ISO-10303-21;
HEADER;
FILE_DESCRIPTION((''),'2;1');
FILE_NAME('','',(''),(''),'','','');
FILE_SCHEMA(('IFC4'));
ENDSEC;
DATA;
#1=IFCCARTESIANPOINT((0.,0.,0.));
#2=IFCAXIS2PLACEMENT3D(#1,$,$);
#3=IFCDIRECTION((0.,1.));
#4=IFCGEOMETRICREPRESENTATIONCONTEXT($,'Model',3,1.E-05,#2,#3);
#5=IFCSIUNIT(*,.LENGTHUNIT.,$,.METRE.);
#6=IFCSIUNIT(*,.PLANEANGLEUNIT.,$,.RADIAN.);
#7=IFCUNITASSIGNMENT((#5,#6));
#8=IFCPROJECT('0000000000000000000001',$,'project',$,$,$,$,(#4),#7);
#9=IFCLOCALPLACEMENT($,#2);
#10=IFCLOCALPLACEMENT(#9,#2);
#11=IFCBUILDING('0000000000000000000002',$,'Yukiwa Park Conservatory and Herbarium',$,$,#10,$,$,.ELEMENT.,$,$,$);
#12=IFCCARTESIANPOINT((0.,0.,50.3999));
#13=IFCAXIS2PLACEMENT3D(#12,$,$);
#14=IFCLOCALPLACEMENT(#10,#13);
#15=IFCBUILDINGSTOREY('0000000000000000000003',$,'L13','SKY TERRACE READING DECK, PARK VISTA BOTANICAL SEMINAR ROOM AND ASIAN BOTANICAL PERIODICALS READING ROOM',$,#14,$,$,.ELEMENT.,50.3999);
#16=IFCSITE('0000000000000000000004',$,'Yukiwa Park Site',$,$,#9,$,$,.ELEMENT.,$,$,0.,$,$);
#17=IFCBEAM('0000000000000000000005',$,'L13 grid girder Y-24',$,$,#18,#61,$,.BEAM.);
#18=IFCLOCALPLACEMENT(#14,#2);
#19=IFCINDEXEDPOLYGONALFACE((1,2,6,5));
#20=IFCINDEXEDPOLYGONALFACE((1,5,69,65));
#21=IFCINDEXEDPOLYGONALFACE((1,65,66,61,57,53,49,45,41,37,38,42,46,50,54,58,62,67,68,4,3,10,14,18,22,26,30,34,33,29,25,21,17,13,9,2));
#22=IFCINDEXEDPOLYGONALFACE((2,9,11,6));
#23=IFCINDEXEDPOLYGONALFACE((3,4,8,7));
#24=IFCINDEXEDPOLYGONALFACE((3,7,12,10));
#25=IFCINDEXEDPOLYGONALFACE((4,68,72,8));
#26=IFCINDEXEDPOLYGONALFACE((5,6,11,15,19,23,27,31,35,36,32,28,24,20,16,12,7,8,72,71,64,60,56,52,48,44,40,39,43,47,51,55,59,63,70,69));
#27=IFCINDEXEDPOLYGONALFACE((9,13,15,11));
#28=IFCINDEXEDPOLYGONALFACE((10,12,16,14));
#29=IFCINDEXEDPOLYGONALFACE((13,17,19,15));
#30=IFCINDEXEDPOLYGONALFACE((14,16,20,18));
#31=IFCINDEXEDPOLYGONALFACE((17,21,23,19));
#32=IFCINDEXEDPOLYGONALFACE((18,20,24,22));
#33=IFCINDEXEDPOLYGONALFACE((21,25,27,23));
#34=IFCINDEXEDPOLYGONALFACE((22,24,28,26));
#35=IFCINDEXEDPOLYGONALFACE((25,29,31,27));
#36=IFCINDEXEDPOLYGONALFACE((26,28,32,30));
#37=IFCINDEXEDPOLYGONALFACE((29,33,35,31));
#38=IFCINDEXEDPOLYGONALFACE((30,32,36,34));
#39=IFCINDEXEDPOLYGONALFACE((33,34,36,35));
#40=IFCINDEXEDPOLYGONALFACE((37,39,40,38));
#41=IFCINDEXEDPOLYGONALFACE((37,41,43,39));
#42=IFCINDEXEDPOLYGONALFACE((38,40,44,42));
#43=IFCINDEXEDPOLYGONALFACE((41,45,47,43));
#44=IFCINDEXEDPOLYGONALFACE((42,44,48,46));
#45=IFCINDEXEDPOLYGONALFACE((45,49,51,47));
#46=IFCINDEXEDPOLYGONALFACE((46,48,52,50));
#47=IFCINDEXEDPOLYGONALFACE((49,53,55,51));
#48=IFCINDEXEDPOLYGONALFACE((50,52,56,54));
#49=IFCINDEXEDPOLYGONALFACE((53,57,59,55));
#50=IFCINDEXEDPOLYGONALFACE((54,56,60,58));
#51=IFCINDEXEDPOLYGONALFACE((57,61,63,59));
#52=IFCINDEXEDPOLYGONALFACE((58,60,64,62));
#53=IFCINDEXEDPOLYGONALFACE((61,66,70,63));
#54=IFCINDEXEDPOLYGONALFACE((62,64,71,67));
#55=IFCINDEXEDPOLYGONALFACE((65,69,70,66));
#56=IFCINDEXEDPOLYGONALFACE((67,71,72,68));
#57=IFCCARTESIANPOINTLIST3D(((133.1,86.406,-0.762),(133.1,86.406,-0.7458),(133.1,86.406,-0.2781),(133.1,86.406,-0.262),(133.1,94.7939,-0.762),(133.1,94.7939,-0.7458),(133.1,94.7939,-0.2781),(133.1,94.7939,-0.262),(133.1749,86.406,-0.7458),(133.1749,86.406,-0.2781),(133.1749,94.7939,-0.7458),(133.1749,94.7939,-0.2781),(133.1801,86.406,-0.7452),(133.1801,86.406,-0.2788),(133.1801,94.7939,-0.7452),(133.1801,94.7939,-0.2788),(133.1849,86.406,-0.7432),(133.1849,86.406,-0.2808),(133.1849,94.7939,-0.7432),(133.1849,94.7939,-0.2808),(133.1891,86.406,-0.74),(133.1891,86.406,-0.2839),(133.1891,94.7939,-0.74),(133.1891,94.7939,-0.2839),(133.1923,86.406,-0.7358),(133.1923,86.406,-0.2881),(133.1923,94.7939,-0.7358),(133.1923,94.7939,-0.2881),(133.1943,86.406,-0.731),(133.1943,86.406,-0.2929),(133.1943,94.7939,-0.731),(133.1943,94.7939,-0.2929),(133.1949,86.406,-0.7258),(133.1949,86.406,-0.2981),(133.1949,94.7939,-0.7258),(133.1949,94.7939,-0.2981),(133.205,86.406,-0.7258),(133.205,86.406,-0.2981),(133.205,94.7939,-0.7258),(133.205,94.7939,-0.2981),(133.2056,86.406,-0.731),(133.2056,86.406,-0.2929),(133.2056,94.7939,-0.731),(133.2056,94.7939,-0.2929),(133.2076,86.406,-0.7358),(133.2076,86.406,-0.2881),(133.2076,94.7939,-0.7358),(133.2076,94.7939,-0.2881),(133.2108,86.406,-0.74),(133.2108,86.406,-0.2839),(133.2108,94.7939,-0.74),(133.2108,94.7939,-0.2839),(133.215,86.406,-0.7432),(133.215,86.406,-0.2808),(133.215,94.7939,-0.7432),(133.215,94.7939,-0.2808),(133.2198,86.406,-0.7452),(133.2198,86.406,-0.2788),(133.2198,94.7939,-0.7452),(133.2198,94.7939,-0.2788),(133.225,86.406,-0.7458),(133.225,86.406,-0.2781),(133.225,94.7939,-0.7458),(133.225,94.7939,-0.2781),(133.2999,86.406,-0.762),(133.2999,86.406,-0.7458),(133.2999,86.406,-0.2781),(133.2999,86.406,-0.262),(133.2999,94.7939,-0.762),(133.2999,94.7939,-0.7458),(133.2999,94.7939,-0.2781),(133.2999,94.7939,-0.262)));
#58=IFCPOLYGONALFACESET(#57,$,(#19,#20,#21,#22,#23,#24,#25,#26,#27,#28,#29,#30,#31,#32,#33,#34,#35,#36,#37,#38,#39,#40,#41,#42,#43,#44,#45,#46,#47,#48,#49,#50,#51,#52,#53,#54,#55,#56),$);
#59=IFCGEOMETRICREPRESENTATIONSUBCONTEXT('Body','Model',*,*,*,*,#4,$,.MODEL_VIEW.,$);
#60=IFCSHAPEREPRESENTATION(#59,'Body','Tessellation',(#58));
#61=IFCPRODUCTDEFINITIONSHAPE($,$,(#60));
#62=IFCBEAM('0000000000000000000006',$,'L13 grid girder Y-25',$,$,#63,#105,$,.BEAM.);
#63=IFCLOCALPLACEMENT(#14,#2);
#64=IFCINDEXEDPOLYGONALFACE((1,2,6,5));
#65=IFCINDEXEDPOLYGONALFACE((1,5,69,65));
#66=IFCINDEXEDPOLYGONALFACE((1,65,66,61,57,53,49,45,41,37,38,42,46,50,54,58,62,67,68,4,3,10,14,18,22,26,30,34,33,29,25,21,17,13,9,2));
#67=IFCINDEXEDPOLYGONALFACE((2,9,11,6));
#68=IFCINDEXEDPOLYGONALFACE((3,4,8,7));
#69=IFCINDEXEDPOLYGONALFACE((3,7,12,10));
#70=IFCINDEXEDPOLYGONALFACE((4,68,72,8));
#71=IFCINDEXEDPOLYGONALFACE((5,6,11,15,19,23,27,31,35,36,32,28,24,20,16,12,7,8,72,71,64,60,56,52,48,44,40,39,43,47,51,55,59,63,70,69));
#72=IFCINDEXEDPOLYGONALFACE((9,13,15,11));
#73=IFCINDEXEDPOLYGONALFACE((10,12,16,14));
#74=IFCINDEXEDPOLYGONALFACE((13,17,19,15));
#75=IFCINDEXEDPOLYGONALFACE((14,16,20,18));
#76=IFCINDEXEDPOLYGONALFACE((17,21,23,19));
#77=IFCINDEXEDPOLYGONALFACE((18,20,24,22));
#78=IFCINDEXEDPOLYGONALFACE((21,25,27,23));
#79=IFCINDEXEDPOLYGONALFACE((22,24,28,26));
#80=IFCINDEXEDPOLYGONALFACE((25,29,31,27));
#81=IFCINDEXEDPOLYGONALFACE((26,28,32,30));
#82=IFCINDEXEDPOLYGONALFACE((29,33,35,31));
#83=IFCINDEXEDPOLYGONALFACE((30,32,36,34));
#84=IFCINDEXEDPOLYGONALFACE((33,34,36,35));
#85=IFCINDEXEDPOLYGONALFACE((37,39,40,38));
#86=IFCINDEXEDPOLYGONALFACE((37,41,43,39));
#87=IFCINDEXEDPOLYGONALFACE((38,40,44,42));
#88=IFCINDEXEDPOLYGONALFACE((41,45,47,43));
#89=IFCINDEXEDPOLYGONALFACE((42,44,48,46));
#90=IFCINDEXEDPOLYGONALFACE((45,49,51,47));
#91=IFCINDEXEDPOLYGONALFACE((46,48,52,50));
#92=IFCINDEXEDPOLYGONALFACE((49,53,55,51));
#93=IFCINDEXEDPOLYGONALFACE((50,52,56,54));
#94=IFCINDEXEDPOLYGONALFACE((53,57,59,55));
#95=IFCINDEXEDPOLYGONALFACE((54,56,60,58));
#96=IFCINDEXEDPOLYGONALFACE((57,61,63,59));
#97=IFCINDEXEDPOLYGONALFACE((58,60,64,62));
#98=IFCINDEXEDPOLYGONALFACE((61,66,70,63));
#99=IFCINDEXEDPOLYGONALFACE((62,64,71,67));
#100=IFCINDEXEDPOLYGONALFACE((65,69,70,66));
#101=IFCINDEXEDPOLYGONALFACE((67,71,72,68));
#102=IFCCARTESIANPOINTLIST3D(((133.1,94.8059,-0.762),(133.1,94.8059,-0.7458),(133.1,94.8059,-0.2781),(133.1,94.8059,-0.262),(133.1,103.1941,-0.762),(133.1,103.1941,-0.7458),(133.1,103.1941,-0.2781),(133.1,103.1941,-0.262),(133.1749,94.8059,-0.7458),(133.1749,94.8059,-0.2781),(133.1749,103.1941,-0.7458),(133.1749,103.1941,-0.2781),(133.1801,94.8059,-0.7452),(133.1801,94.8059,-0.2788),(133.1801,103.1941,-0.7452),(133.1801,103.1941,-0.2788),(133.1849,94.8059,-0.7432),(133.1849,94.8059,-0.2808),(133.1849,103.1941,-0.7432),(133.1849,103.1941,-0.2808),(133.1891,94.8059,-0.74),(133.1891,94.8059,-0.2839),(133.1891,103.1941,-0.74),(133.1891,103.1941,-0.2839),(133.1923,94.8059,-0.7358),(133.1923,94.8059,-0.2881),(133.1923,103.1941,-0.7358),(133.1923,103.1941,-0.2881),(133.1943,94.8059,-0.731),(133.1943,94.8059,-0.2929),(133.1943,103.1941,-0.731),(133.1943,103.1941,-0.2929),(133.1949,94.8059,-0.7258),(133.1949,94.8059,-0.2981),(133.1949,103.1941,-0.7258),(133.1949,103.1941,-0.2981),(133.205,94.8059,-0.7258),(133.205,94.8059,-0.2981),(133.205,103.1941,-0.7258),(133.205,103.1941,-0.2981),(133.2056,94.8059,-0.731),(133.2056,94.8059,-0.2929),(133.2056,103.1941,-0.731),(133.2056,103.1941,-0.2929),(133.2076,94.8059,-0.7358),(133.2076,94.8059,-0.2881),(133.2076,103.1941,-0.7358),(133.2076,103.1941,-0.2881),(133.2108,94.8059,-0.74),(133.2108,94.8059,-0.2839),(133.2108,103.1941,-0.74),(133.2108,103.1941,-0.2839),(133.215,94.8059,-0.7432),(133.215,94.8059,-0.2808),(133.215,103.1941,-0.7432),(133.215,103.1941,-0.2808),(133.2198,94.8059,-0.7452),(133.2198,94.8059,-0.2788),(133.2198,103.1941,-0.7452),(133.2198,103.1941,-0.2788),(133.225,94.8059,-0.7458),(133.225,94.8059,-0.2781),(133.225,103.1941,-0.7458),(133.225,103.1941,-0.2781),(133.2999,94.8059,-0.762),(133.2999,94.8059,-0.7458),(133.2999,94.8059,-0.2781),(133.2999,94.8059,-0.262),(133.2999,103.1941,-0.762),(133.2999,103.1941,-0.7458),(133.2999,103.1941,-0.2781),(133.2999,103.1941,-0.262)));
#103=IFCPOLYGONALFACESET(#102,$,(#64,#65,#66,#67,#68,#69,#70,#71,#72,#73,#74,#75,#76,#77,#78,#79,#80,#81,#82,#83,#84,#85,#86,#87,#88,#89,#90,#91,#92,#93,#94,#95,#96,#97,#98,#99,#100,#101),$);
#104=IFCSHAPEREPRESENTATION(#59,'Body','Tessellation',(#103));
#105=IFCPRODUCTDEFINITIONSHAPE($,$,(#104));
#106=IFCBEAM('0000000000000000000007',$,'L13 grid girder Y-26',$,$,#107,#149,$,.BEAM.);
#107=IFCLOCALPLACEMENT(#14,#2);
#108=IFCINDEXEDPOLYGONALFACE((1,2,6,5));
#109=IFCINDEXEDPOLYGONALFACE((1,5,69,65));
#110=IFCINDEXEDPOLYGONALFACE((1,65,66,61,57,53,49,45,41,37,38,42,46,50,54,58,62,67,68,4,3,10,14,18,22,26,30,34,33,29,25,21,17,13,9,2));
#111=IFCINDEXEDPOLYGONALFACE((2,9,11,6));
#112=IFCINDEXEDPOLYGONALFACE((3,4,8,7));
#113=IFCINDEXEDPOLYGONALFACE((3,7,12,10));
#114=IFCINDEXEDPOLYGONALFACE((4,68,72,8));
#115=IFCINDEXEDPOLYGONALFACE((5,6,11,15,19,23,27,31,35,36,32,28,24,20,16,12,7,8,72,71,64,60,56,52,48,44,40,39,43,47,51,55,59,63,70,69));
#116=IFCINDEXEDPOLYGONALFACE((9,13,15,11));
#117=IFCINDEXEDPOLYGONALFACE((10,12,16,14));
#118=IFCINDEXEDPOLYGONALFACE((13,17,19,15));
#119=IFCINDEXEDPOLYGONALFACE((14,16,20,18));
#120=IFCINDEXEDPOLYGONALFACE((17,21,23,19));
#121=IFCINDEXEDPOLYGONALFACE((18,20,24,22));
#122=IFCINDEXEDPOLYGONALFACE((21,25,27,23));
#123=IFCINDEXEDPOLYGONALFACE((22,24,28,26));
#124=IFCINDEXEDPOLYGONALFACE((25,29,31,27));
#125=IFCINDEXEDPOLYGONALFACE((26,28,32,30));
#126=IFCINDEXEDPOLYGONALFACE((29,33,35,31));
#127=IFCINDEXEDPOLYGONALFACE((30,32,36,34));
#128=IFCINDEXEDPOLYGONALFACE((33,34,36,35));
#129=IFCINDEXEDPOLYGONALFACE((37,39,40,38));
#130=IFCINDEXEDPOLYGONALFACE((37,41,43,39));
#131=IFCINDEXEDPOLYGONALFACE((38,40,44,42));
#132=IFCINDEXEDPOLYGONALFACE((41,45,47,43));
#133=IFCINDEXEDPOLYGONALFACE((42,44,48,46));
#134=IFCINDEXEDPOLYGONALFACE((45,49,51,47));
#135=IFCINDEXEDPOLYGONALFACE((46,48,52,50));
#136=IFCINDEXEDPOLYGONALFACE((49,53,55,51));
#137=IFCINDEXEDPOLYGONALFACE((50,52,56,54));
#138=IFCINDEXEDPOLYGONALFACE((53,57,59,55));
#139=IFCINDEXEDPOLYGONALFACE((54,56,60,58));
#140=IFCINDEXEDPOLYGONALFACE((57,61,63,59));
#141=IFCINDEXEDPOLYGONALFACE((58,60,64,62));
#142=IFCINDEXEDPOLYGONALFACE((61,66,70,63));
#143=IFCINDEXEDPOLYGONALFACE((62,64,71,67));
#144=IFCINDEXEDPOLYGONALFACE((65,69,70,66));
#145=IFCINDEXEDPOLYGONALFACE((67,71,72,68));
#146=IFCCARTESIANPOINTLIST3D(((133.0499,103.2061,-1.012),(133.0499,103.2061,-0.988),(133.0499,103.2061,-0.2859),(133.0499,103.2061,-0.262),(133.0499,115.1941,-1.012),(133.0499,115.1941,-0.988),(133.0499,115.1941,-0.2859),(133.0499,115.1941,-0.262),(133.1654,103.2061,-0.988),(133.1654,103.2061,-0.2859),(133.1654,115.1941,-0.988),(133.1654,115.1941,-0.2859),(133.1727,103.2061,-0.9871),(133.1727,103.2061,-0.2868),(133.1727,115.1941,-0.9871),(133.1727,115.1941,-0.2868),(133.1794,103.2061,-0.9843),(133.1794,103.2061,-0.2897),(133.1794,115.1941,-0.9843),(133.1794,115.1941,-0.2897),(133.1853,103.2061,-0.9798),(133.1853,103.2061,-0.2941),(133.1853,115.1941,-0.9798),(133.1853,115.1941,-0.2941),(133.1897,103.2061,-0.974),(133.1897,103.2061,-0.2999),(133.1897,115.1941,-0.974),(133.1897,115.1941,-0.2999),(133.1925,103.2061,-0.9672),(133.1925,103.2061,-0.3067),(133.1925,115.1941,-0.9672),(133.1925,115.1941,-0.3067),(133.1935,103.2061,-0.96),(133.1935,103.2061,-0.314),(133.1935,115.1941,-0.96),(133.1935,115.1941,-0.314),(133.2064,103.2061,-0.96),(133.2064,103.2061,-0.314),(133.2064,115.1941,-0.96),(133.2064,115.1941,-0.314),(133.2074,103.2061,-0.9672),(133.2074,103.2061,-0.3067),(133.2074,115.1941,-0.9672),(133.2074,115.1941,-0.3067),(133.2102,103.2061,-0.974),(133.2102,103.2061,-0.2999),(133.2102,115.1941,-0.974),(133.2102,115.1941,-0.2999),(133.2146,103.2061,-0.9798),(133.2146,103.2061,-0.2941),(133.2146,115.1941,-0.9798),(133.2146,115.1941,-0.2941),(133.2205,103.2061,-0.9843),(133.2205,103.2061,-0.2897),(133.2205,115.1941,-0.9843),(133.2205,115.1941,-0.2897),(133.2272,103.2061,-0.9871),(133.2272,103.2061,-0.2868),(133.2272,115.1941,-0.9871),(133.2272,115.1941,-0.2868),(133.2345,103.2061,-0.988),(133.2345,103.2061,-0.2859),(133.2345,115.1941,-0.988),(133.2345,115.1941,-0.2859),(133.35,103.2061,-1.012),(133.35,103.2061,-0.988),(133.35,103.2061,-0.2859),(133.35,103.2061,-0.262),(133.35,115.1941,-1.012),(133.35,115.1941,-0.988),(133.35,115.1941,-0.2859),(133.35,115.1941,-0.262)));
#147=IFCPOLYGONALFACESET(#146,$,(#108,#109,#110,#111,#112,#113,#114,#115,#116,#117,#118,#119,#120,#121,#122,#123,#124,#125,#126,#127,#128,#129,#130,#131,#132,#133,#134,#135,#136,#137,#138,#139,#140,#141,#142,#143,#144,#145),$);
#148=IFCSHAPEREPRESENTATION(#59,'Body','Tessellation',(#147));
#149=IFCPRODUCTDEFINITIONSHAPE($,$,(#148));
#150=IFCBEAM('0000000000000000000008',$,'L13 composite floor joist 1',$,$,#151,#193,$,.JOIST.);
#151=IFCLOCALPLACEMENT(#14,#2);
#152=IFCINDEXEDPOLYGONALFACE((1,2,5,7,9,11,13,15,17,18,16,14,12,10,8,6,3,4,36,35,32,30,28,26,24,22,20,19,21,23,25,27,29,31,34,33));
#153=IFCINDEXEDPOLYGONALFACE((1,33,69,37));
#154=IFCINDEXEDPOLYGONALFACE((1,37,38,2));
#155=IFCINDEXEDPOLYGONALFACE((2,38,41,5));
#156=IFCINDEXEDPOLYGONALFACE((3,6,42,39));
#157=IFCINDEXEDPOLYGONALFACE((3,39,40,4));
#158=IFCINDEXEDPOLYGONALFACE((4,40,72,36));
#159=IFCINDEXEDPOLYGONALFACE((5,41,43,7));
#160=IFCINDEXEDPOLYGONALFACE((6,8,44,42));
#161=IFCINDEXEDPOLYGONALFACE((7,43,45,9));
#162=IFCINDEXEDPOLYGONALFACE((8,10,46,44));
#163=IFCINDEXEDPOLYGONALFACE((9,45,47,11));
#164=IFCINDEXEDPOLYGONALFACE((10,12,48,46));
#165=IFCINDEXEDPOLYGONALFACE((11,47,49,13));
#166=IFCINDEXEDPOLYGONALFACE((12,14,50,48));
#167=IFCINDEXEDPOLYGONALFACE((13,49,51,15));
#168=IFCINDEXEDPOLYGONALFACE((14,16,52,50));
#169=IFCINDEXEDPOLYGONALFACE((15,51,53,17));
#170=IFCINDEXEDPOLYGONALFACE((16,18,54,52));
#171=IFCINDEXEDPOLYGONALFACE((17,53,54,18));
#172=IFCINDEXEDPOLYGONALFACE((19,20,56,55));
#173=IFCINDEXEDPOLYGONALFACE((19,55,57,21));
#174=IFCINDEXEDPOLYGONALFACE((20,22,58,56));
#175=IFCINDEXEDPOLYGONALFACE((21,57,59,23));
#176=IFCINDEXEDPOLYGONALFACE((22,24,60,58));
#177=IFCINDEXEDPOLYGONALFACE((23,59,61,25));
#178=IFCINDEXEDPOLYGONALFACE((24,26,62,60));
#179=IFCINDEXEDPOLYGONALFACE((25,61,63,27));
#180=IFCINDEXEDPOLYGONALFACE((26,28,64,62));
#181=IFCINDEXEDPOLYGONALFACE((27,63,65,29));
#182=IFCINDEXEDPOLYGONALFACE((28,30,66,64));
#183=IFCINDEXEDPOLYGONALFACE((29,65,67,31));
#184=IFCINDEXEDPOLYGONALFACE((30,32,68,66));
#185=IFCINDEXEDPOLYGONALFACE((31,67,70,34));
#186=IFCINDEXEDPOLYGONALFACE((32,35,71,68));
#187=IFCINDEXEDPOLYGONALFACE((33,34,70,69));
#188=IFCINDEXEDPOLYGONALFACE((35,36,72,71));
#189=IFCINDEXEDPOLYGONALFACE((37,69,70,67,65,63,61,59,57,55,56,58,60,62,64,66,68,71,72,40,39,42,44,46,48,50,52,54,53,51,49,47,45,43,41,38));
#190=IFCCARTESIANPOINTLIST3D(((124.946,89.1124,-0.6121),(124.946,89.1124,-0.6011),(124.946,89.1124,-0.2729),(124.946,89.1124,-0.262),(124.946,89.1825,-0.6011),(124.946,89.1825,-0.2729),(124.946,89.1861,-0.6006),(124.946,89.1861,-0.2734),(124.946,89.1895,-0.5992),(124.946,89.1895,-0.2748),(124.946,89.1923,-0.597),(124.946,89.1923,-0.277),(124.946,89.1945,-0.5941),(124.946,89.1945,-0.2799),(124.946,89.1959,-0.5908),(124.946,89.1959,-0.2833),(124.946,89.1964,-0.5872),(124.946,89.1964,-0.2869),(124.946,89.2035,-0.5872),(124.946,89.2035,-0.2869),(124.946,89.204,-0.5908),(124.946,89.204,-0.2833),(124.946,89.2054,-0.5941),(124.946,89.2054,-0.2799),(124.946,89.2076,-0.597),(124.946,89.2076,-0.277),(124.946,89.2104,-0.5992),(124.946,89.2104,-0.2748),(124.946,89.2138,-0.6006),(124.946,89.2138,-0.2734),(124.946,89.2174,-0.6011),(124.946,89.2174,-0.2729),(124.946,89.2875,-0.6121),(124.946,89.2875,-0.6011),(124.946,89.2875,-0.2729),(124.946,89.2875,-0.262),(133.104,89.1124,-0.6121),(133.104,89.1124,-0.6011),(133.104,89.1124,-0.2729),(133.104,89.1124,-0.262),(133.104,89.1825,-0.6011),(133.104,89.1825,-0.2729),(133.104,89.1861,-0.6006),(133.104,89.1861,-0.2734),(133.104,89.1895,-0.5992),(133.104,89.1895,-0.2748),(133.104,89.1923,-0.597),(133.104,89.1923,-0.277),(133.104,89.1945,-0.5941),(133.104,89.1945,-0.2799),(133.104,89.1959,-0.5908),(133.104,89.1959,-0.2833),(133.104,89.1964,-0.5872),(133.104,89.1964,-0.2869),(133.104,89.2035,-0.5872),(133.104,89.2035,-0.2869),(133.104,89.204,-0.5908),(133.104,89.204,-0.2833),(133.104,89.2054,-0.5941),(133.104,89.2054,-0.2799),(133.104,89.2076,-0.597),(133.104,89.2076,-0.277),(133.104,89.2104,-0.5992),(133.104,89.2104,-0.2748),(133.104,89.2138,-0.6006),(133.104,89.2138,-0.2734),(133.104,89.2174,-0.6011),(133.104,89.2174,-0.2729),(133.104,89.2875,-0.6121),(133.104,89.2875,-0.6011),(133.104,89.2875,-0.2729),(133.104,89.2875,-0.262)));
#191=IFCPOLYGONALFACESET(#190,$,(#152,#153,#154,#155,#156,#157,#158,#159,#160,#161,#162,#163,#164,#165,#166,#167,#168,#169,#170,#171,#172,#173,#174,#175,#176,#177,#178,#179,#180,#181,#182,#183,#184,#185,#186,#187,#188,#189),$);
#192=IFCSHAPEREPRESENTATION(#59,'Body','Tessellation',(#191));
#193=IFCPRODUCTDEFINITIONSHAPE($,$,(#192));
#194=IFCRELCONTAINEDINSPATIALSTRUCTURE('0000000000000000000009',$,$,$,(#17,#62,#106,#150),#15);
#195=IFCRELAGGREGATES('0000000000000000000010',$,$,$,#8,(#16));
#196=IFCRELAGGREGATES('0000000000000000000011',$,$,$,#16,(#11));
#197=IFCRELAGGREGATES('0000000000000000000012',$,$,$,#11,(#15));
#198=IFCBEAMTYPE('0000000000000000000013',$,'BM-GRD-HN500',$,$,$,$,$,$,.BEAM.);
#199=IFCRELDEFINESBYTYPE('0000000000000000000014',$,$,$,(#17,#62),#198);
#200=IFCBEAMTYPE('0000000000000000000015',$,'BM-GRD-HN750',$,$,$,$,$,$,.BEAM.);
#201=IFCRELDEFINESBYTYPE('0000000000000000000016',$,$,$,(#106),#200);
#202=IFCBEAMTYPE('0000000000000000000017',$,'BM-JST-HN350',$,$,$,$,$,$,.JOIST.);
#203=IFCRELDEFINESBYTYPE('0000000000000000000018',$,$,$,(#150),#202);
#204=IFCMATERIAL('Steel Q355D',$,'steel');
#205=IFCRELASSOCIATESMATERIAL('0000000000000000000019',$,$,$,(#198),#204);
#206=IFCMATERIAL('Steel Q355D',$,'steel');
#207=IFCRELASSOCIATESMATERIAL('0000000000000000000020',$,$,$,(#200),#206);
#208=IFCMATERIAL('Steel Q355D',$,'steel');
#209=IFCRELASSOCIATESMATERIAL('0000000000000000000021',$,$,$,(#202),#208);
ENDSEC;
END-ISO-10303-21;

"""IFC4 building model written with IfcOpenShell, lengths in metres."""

from ifc_helpers import new_model, si_unit, direction, frame, origin, origin_2d, place, context, subcontext, project, spatial, i_section, extrude, material, material_profile, profile_set, type_object, element, save


model = new_model("IFC4")

# Units and contexts
model_context = context("Model", 3, precision=1e-05, world=origin(), true_north=direction((0.0, 1.0)))
body_context = subcontext(model_context, "Body", "Model", "MODEL_VIEW")
ifc_project = project(units=[si_unit("LENGTHUNIT", "METRE"), si_unit("PLANEANGLEUNIT", "RADIAN")], contexts=[model_context])

# Site, building, storey
site_placement = place(None, origin())
site = spatial("IfcSite", under=ifc_project, at=site_placement, Name="Yukiwa Park Site", CompositionType="ELEMENT", RefElevation=0.0)
building_placement = place(site_placement, origin())
building = spatial("IfcBuilding", under=site, at=building_placement, Name="Yukiwa Park Conservatory and Herbarium", CompositionType="ELEMENT")
storey_placement = place(building_placement, frame((0.0, 0.0, 50.3999)))
storey = spatial("IfcBuildingStorey", under=building, at=storey_placement, Name="L13", Description="SKY TERRACE READING DECK, PARK VISTA BOTANICAL SEMINAR ROOM AND ASIAN BOTANICAL PERIODICALS READING ROOM", CompositionType="ELEMENT", Elevation=50.3999)

# Beams
ifc_material_1 = material(Name="Steel Q355D", Category="steel")
ifc_material_profile_1 = material_profile(ifc_material_1, i_section(OverallWidth=0.2, OverallDepth=0.5, WebThickness=0.01, FlangeThickness=0.0161, FilletRadius=0.02, at=origin_2d()), Name="HN 500x200x10x16")
ifc_profile_set_1 = profile_set([ifc_material_profile_1], Name="Steel Q355D")
beam_type_1 = type_object("IfcBeamType", Name="BM-GRD-HN500", PredefinedType="BEAM", material=ifc_profile_set_1)
beam_1_placement = place(storey_placement, frame((133.2, 86.406, -0.512), z_axis=(0.0, 1.0, 0.0), x_axis=(-1.0, 0.0, 0.0)))
element("IfcBeam", 1, at=beam_1_placement, inside=storey, type_object=beam_type_1, Name="L13 grid girder Y-24", PredefinedType="BEAM", context=body_context, shape_type="SweptSolid", body=[
    extrude(i_section(OverallWidth=0.2, OverallDepth=0.5, WebThickness=0.01, FlangeThickness=0.0161, FilletRadius=0.02, at=origin_2d()), origin(), (0.0, 0.0, 1.0), 8.3879),
])
beam_2_placement = place(storey_placement, frame((133.2, 94.8059, -0.512), z_axis=(0.0, 1.0, 0.0), x_axis=(-1.0, 0.0, 0.0)))
element("IfcBeam", 2, at=beam_2_placement, inside=storey, type_object=beam_type_1, Name="L13 grid girder Y-25", PredefinedType="BEAM", context=body_context, shape_type="SweptSolid", body=[
    extrude(i_section(OverallWidth=0.2, OverallDepth=0.5, WebThickness=0.01, FlangeThickness=0.0161, FilletRadius=0.02, at=origin_2d()), origin(), (0.0, 0.0, 1.0), 8.3882),
])
ifc_material_2 = material(Name="Steel Q355D", Category="steel")
ifc_material_profile_2 = material_profile(ifc_material_2, i_section(OverallWidth=0.3, OverallDepth=0.75, WebThickness=0.0129, FlangeThickness=0.0239, FilletRadius=0.0281, at=origin_2d()), Name="HN 750x300x13x24")
ifc_profile_set_2 = profile_set([ifc_material_profile_2], Name="Steel Q355D")
beam_type_2 = type_object("IfcBeamType", Name="BM-GRD-HN750", PredefinedType="BEAM", material=ifc_profile_set_2)
beam_3_placement = place(storey_placement, frame((133.2, 103.2061, -0.637), z_axis=(0.0, 1.0, 0.0), x_axis=(-1.0, 0.0, 0.0)))
element("IfcBeam", 3, at=beam_3_placement, inside=storey, type_object=beam_type_2, Name="L13 grid girder Y-26", PredefinedType="BEAM", context=body_context, shape_type="SweptSolid", body=[
    extrude(i_section(OverallWidth=0.3, OverallDepth=0.75, WebThickness=0.0129, FlangeThickness=0.0239, FilletRadius=0.0281, at=origin_2d()), origin(), (0.0, 0.0, 1.0), 11.988),
])
ifc_material_3 = material(Name="Steel Q355D", Category="steel")
ifc_material_profile_3 = material_profile(ifc_material_3, i_section(OverallWidth=0.175, OverallDepth=0.3501, WebThickness=0.0071, FlangeThickness=0.011, FilletRadius=0.0139, at=origin_2d()), Name="HN 350x175x7x11")
ifc_profile_set_3 = profile_set([ifc_material_profile_3], Name="Steel Q355D")
beam_type_3 = type_object("IfcBeamType", Name="BM-JST-HN350", PredefinedType="JOIST", material=ifc_profile_set_3)
for number, where, z_axis, x_axis, name in (
    (4, (124.946, 89.2, -0.437), (1.0, 0.0, 0.0), (0.0, 1.0, 0.0), "L13 composite floor joist 1"),
):
    element("IfcBeam", number, at=place(storey_placement, frame(where, z_axis=z_axis, x_axis=x_axis)), inside=storey, type_object=beam_type_3, Name=name, PredefinedType="JOIST", context=body_context, shape_type="SweptSolid", body=[
        extrude(i_section(OverallWidth=0.175, OverallDepth=0.3501, WebThickness=0.0071, FlangeThickness=0.011, FilletRadius=0.0139, at=origin_2d()), origin(), (0.0, 0.0, 1.0), 8.158),
    ])

save(model, "model.ifc")
